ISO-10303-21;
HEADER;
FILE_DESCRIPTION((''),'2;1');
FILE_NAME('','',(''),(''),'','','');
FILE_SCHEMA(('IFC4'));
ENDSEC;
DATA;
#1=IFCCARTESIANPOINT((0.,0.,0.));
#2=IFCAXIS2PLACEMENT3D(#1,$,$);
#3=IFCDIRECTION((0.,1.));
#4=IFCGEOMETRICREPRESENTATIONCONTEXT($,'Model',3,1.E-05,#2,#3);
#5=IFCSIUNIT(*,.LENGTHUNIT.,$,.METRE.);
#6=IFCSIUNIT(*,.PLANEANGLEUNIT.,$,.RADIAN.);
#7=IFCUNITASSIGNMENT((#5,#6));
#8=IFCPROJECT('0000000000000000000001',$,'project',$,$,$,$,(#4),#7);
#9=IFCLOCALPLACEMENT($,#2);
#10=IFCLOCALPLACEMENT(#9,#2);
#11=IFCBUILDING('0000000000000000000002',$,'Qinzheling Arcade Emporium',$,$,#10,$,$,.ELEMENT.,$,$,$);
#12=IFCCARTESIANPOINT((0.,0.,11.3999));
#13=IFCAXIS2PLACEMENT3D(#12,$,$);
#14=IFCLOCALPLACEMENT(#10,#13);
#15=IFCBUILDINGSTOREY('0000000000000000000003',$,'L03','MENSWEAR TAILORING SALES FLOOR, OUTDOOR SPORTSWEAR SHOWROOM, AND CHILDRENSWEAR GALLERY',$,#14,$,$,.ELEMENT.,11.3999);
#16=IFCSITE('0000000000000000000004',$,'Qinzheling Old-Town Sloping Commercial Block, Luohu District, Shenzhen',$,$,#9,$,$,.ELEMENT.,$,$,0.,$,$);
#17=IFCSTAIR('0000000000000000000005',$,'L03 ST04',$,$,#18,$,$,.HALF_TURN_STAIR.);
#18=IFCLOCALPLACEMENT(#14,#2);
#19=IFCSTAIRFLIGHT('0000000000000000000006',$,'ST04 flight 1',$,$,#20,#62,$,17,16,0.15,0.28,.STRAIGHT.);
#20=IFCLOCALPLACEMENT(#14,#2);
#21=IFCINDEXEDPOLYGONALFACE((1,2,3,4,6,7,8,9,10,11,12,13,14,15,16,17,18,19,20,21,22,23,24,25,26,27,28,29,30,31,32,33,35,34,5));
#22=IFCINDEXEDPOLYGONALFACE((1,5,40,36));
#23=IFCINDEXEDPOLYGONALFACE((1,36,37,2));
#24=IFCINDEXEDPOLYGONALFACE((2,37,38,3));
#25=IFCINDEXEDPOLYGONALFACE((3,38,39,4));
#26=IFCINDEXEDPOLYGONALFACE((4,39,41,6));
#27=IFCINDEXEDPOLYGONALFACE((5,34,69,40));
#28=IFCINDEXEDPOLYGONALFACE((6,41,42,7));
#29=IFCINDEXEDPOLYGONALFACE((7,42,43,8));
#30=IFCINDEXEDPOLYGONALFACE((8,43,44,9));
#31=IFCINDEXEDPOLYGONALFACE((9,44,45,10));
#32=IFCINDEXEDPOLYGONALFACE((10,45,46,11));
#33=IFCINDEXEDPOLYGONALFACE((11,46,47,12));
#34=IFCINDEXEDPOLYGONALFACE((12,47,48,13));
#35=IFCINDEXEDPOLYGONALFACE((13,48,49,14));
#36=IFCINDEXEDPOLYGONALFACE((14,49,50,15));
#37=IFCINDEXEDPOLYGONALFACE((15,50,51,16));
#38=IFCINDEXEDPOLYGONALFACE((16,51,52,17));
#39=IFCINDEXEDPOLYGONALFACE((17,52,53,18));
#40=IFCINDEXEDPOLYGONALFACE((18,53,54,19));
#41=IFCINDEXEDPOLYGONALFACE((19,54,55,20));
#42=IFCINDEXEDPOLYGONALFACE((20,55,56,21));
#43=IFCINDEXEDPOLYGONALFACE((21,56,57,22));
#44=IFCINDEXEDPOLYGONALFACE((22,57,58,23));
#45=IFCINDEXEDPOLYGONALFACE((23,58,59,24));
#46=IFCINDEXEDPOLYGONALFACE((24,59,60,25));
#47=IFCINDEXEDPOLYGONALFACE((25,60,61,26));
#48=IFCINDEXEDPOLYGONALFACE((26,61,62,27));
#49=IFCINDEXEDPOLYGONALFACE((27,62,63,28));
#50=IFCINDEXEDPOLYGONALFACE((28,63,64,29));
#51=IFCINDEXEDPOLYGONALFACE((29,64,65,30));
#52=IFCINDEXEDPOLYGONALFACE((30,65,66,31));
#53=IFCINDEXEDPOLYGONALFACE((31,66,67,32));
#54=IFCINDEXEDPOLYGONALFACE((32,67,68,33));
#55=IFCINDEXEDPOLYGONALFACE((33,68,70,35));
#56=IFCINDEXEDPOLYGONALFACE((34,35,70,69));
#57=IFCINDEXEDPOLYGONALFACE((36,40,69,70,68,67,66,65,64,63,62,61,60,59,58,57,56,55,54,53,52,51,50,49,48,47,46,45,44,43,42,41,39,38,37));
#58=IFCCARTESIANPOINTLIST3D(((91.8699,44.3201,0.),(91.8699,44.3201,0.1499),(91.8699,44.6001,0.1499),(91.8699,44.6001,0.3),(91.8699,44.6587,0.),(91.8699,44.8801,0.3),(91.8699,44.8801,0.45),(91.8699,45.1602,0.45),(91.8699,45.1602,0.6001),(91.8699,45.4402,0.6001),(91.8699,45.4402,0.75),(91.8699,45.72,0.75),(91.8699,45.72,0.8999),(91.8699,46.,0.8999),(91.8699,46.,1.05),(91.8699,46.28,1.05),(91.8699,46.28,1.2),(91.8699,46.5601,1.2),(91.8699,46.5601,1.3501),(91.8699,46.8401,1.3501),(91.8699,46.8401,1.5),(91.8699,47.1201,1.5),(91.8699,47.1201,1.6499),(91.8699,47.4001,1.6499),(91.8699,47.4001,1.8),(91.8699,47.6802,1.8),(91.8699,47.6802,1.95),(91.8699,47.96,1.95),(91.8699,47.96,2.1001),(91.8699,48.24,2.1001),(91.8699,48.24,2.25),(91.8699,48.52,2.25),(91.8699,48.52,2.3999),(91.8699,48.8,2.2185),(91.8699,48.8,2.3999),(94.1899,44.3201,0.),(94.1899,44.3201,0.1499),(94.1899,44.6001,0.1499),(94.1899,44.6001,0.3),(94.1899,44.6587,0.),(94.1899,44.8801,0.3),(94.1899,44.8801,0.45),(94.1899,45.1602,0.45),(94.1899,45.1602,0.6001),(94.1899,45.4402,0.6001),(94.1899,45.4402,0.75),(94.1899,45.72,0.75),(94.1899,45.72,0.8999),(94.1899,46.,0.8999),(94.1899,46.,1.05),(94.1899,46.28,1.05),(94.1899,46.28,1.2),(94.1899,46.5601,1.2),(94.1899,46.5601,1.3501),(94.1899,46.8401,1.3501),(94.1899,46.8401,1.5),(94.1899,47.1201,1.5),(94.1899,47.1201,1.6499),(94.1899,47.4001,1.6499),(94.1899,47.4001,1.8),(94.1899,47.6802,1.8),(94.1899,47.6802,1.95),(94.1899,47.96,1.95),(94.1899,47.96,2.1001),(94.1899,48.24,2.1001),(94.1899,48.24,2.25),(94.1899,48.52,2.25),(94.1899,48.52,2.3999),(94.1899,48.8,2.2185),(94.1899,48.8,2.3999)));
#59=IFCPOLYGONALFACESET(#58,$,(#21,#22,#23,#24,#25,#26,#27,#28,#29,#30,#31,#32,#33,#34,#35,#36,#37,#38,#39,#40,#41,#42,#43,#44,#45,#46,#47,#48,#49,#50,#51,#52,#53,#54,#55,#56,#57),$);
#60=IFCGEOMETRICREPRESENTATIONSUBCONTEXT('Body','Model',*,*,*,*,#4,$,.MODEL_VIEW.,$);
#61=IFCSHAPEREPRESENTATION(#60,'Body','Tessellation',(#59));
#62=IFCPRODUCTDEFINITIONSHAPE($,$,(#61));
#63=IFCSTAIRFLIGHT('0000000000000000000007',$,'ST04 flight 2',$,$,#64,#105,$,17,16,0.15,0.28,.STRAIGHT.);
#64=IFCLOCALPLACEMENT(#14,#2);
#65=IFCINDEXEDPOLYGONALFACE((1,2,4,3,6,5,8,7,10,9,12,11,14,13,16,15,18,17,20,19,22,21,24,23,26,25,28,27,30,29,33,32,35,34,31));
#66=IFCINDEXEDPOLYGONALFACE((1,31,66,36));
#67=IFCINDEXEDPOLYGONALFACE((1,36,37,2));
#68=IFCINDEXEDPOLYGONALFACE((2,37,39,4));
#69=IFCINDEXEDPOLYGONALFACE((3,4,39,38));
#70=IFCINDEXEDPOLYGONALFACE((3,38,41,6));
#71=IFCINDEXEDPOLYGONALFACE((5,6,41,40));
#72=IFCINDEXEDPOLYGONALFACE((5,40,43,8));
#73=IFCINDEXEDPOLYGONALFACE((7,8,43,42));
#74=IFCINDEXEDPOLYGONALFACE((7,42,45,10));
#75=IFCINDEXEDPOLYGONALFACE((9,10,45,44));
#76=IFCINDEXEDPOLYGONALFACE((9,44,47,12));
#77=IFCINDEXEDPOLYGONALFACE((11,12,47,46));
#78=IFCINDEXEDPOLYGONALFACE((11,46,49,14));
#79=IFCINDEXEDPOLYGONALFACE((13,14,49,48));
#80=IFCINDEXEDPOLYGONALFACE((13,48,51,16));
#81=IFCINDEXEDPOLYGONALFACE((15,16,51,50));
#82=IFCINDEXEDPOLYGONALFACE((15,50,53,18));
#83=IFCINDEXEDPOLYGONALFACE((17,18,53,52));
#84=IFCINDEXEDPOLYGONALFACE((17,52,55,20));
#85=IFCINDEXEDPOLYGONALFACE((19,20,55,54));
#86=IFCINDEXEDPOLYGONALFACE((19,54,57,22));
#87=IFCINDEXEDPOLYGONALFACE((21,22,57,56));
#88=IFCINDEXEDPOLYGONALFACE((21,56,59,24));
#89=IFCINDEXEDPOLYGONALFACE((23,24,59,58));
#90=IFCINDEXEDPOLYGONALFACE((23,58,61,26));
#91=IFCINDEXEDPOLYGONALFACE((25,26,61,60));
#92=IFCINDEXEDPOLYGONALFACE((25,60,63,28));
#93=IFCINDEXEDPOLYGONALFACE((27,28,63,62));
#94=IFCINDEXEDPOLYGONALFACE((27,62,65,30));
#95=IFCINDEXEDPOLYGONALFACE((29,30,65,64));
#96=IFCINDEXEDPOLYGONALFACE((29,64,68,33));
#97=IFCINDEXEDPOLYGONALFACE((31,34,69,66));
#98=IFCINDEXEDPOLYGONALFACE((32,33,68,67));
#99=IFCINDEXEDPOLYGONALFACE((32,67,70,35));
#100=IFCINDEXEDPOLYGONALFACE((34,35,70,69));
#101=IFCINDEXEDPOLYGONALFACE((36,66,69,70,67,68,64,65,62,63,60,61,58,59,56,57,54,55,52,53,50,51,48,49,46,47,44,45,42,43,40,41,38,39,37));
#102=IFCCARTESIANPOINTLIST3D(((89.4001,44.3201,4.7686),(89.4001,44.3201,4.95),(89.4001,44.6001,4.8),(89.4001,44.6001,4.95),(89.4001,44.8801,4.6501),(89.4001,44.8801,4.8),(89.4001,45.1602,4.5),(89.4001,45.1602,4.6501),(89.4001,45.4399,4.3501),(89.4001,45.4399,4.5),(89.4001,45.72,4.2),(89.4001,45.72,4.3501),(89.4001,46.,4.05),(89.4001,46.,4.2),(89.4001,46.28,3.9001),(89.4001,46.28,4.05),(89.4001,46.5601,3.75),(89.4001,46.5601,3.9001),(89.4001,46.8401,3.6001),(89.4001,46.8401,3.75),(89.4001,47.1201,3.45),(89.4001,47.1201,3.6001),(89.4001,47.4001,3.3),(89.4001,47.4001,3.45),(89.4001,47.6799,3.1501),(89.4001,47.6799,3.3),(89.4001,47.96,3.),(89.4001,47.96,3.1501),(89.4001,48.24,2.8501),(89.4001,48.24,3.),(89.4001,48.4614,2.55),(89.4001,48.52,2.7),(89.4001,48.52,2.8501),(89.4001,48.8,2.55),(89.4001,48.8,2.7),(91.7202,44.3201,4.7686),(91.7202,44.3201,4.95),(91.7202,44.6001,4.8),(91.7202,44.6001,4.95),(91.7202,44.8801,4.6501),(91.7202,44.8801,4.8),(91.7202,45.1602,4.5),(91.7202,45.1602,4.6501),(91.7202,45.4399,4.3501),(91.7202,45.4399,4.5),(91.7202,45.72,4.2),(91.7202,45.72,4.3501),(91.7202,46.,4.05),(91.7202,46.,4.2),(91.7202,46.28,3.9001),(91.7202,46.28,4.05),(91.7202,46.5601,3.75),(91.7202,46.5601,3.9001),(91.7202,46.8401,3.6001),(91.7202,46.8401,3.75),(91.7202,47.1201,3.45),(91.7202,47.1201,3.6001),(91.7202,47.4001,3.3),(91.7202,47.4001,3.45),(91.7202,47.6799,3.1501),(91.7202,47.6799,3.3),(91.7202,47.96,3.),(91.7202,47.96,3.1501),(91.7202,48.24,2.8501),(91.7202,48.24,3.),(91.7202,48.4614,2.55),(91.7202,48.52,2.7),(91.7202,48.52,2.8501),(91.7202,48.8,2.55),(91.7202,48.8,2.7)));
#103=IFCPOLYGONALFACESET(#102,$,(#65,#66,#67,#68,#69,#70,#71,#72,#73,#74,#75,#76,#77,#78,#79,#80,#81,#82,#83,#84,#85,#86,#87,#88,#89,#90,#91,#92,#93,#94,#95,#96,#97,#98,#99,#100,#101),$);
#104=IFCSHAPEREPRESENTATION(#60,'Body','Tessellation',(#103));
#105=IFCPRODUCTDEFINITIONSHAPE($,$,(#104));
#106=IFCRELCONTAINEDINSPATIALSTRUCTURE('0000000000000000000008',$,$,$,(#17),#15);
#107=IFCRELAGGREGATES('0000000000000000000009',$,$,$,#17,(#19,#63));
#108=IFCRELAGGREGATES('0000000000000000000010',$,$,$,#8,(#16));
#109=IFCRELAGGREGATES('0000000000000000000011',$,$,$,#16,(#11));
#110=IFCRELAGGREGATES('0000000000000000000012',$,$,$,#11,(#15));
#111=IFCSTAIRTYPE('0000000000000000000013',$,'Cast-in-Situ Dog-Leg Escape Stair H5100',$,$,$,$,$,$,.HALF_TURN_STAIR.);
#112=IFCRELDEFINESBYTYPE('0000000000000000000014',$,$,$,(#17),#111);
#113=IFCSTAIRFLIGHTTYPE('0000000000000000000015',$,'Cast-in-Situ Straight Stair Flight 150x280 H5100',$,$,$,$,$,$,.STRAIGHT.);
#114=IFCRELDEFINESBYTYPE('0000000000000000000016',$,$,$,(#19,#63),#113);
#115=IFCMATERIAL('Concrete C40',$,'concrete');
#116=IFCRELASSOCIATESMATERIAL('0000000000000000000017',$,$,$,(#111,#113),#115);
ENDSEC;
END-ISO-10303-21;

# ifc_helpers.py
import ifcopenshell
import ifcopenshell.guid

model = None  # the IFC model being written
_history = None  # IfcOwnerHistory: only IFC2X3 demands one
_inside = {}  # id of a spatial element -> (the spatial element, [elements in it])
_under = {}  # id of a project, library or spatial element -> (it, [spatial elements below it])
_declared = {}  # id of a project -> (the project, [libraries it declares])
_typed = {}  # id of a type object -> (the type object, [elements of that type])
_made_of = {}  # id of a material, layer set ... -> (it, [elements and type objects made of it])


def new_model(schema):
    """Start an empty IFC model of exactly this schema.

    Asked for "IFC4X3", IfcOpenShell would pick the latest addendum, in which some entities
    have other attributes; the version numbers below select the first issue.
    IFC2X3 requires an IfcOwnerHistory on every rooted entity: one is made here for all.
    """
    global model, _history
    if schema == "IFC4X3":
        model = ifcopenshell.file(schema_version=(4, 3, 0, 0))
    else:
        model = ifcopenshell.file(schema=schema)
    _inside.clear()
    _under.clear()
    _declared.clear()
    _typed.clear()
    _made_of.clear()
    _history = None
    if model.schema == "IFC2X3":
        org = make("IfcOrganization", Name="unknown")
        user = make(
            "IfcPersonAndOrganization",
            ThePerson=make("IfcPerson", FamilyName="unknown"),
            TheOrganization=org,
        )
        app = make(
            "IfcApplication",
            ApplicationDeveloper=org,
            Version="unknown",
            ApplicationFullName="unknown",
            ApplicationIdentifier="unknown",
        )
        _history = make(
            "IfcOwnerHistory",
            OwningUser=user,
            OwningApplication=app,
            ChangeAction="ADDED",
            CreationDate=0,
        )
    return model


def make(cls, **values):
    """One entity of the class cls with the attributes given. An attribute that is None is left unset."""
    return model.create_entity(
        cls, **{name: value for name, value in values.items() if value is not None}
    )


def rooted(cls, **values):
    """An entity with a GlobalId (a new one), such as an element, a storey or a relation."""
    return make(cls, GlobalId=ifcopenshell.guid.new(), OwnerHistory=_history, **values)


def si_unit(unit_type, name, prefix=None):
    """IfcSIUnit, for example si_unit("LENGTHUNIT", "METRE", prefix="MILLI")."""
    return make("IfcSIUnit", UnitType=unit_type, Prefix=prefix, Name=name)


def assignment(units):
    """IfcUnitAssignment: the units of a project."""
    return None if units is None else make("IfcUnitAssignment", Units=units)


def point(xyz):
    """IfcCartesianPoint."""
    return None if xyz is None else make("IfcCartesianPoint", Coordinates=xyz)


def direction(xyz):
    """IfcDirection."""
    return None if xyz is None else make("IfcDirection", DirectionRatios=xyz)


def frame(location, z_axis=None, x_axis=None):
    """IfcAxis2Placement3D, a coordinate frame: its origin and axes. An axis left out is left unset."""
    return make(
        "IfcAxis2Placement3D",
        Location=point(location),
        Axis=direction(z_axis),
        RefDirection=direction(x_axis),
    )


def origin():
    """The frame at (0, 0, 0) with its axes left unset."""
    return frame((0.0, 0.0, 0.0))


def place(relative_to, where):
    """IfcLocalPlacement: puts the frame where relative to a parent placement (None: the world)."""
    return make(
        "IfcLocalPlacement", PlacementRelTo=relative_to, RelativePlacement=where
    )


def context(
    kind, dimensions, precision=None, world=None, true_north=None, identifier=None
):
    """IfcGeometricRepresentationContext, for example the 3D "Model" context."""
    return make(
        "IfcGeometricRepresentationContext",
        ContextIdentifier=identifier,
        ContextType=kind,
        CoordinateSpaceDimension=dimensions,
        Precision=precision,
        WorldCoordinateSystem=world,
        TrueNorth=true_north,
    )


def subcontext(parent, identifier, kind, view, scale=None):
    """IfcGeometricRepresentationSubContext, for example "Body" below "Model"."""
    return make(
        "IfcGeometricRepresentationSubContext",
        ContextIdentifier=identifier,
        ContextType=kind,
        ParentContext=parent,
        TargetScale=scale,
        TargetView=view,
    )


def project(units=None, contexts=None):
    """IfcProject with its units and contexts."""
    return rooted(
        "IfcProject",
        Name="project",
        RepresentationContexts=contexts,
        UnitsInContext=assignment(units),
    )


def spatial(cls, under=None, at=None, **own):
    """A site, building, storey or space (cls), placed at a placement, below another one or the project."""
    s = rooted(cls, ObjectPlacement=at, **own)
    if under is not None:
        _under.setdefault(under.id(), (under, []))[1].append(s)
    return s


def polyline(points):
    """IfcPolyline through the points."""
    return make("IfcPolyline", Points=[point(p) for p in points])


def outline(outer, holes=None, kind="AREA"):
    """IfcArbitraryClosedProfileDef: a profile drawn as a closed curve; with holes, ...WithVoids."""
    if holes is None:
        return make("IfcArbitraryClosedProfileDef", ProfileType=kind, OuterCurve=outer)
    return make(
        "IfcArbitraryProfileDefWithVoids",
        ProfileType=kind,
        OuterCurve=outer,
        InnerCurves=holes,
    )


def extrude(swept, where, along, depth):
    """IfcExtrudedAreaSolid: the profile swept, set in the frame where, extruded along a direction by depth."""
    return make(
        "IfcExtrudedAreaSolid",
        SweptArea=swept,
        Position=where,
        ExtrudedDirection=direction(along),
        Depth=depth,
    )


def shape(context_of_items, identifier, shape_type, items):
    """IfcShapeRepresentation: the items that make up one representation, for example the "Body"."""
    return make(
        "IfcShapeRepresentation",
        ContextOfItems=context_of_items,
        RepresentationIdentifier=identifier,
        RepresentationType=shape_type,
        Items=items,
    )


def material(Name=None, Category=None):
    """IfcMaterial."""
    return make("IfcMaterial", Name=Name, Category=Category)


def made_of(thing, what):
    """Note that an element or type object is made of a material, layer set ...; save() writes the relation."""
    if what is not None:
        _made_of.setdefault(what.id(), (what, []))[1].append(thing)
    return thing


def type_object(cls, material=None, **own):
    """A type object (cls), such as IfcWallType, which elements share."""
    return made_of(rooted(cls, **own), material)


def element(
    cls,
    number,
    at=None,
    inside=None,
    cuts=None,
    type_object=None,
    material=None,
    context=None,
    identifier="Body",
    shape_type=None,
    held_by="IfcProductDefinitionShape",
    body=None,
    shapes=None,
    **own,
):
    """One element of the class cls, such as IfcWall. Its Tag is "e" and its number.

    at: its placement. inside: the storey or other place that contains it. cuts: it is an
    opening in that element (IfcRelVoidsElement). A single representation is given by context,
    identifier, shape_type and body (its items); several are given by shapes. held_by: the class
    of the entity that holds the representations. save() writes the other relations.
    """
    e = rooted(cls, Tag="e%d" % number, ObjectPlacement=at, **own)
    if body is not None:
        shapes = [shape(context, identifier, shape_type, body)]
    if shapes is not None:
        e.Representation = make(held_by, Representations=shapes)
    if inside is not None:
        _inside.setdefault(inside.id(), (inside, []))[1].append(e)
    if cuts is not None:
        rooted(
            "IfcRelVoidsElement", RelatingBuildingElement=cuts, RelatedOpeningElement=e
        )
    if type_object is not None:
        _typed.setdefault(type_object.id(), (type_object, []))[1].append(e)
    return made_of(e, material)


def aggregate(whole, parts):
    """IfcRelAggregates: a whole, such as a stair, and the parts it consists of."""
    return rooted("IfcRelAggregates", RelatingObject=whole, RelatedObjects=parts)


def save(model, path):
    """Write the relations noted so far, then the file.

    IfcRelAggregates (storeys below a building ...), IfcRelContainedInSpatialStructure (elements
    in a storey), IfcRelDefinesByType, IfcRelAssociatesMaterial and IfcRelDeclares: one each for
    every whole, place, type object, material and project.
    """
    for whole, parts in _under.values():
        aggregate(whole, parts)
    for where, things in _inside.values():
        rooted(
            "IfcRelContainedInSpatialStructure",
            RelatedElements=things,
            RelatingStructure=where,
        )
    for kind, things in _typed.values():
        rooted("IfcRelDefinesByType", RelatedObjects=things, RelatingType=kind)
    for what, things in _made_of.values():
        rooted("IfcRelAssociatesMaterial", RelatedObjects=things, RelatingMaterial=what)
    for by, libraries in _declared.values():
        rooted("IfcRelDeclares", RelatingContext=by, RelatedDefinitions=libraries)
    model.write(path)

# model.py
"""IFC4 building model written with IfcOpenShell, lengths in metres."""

from ifc_helpers import new_model, si_unit, direction, frame, origin, place, context, subcontext, project, spatial, polyline, outline, extrude, material, type_object, element, aggregate, save


model = new_model("IFC4")

# Units and contexts
model_context = context("Model", 3, precision=1e-05, world=origin(), true_north=direction((0.0, 1.0)))
body_context = subcontext(model_context, "Body", "Model", "MODEL_VIEW")
ifc_project = project(units=[si_unit("LENGTHUNIT", "METRE"), si_unit("PLANEANGLEUNIT", "RADIAN")], contexts=[model_context])

# Site, building, storey
site_placement = place(None, origin())
site = spatial("IfcSite", under=ifc_project, at=site_placement, Name="Qinzheling Old-Town Sloping Commercial Block, Luohu District, Shenzhen", CompositionType="ELEMENT", RefElevation=0.0)
building_placement = place(site_placement, origin())
building = spatial("IfcBuilding", under=site, at=building_placement, Name="Qinzheling Arcade Emporium", CompositionType="ELEMENT")
storey_placement = place(building_placement, frame((0.0, 0.0, 11.3999)))
storey = spatial("IfcBuildingStorey", under=building, at=storey_placement, Name="L03", Description="MENSWEAR TAILORING SALES FLOOR, OUTDOOR SPORTSWEAR SHOWROOM, AND CHILDRENSWEAR GALLERY", CompositionType="ELEMENT", Elevation=11.3999)

# Shared definitions
ifc_material_1 = material(Name="Concrete C40", Category="concrete")

# Stair, stair flights
stair_type = type_object("IfcStairType", Name="Cast-in-Situ Dog-Leg Escape Stair H5100", PredefinedType="HALF_TURN_STAIR", material=ifc_material_1)
stair_placement = place(storey_placement, origin())
stair = element("IfcStair", 1, at=stair_placement, inside=storey, type_object=stair_type, Name="L03 ST04", PredefinedType="HALF_TURN_STAIR")
stair_flight_type = type_object("IfcStairFlightType", Name="Cast-in-Situ Straight Stair Flight 150x280 H5100", PredefinedType="STRAIGHT", material=ifc_material_1)
stair_flight_1_placement = place(storey_placement, frame((93.03, 44.3201, 0.0), z_axis=(0.0, 0.0, 1.0), x_axis=(0.0, 1.0, 0.0)))
stair_flight_1 = element("IfcStairFlight", 2, at=stair_flight_1_placement, type_object=stair_flight_type, Name="ST04 flight 1", NumberOfRisers=17, NumberOfTreads=16, PredefinedType="STRAIGHT", RiserHeight=0.15, TreadLength=0.28, context=body_context, shape_type="SweptSolid", body=[
    extrude(outline(polyline([(0.0, 0.0), (0.0, 0.1499), (0.28, 0.1499), (0.28, 0.3), (0.5601, 0.3), (0.5601, 0.45), (0.8401, 0.45), (0.8401, 0.6001), (1.1201, 0.6001), (1.1201, 0.75), (1.3999, 0.75), (1.3999, 0.8999), (1.6799, 0.8999), (1.6799, 1.05), (1.96, 1.05), (1.96, 1.2), (2.24, 1.2), (2.24, 1.3501), (2.52, 1.3501), (2.52, 1.5), (2.8, 1.5), (2.8, 1.6499), (3.0801, 1.6499), (3.0801, 1.8), (3.3601, 1.8), (3.3601, 1.95), (3.6399, 1.95), (3.6399, 2.1001), (3.9199, 2.1001), (3.9199, 2.25), (4.2, 2.25), (4.2, 2.3999), (4.48, 2.3999), (4.48, 2.55), (4.48, 2.2185), (0.3386, 0.0), (0.0, 0.0)])), frame((0.0, 1.1602, 0.0), z_axis=(0.0, -1.0, 0.0), x_axis=(1.0, 0.0, 0.0)), (0.0, 0.0, 1.0), 2.3201),
])
stair_flight_2_placement = place(storey_placement, frame((90.5601, 48.8, 2.55), z_axis=(0.0, 0.0, 1.0), x_axis=(0.0, -1.0, 0.0)))
stair_flight_2 = element("IfcStairFlight", 3, at=stair_flight_2_placement, type_object=stair_flight_type, Name="ST04 flight 2", NumberOfRisers=17, NumberOfTreads=16, PredefinedType="STRAIGHT", RiserHeight=0.15, TreadLength=0.28, context=body_context, shape_type="SweptSolid", body=[
    extrude(outline(polyline([(0.0, 0.0), (0.0, 0.1499), (0.28, 0.1499), (0.28, 0.3), (0.5601, 0.3), (0.5601, 0.45), (0.8401, 0.45), (0.8401, 0.6001), (1.1201, 0.6001), (1.1201, 0.75), (1.3999, 0.75), (1.3999, 0.8999), (1.6799, 0.8999), (1.6799, 1.05), (1.96, 1.05), (1.96, 1.2), (2.24, 1.2), (2.24, 1.3501), (2.52, 1.3501), (2.52, 1.5), (2.8, 1.5), (2.8, 1.6499), (3.0801, 1.6499), (3.0801, 1.8), (3.3601, 1.8), (3.3601, 1.95), (3.6399, 1.95), (3.6399, 2.1001), (3.9199, 2.1001), (3.9199, 2.25), (4.2, 2.25), (4.2, 2.3999), (4.48, 2.3999), (4.48, 2.55), (4.48, 2.2185), (0.3386, 0.0), (0.0, 0.0)])), frame((0.0, 1.1602, 0.0), z_axis=(0.0, -1.0, 0.0), x_axis=(1.0, 0.0, 0.0)), (0.0, 0.0, 1.0), 2.3201),
])
aggregate(stair, [stair_flight_1, stair_flight_2])

save(model, "model.ifc")
